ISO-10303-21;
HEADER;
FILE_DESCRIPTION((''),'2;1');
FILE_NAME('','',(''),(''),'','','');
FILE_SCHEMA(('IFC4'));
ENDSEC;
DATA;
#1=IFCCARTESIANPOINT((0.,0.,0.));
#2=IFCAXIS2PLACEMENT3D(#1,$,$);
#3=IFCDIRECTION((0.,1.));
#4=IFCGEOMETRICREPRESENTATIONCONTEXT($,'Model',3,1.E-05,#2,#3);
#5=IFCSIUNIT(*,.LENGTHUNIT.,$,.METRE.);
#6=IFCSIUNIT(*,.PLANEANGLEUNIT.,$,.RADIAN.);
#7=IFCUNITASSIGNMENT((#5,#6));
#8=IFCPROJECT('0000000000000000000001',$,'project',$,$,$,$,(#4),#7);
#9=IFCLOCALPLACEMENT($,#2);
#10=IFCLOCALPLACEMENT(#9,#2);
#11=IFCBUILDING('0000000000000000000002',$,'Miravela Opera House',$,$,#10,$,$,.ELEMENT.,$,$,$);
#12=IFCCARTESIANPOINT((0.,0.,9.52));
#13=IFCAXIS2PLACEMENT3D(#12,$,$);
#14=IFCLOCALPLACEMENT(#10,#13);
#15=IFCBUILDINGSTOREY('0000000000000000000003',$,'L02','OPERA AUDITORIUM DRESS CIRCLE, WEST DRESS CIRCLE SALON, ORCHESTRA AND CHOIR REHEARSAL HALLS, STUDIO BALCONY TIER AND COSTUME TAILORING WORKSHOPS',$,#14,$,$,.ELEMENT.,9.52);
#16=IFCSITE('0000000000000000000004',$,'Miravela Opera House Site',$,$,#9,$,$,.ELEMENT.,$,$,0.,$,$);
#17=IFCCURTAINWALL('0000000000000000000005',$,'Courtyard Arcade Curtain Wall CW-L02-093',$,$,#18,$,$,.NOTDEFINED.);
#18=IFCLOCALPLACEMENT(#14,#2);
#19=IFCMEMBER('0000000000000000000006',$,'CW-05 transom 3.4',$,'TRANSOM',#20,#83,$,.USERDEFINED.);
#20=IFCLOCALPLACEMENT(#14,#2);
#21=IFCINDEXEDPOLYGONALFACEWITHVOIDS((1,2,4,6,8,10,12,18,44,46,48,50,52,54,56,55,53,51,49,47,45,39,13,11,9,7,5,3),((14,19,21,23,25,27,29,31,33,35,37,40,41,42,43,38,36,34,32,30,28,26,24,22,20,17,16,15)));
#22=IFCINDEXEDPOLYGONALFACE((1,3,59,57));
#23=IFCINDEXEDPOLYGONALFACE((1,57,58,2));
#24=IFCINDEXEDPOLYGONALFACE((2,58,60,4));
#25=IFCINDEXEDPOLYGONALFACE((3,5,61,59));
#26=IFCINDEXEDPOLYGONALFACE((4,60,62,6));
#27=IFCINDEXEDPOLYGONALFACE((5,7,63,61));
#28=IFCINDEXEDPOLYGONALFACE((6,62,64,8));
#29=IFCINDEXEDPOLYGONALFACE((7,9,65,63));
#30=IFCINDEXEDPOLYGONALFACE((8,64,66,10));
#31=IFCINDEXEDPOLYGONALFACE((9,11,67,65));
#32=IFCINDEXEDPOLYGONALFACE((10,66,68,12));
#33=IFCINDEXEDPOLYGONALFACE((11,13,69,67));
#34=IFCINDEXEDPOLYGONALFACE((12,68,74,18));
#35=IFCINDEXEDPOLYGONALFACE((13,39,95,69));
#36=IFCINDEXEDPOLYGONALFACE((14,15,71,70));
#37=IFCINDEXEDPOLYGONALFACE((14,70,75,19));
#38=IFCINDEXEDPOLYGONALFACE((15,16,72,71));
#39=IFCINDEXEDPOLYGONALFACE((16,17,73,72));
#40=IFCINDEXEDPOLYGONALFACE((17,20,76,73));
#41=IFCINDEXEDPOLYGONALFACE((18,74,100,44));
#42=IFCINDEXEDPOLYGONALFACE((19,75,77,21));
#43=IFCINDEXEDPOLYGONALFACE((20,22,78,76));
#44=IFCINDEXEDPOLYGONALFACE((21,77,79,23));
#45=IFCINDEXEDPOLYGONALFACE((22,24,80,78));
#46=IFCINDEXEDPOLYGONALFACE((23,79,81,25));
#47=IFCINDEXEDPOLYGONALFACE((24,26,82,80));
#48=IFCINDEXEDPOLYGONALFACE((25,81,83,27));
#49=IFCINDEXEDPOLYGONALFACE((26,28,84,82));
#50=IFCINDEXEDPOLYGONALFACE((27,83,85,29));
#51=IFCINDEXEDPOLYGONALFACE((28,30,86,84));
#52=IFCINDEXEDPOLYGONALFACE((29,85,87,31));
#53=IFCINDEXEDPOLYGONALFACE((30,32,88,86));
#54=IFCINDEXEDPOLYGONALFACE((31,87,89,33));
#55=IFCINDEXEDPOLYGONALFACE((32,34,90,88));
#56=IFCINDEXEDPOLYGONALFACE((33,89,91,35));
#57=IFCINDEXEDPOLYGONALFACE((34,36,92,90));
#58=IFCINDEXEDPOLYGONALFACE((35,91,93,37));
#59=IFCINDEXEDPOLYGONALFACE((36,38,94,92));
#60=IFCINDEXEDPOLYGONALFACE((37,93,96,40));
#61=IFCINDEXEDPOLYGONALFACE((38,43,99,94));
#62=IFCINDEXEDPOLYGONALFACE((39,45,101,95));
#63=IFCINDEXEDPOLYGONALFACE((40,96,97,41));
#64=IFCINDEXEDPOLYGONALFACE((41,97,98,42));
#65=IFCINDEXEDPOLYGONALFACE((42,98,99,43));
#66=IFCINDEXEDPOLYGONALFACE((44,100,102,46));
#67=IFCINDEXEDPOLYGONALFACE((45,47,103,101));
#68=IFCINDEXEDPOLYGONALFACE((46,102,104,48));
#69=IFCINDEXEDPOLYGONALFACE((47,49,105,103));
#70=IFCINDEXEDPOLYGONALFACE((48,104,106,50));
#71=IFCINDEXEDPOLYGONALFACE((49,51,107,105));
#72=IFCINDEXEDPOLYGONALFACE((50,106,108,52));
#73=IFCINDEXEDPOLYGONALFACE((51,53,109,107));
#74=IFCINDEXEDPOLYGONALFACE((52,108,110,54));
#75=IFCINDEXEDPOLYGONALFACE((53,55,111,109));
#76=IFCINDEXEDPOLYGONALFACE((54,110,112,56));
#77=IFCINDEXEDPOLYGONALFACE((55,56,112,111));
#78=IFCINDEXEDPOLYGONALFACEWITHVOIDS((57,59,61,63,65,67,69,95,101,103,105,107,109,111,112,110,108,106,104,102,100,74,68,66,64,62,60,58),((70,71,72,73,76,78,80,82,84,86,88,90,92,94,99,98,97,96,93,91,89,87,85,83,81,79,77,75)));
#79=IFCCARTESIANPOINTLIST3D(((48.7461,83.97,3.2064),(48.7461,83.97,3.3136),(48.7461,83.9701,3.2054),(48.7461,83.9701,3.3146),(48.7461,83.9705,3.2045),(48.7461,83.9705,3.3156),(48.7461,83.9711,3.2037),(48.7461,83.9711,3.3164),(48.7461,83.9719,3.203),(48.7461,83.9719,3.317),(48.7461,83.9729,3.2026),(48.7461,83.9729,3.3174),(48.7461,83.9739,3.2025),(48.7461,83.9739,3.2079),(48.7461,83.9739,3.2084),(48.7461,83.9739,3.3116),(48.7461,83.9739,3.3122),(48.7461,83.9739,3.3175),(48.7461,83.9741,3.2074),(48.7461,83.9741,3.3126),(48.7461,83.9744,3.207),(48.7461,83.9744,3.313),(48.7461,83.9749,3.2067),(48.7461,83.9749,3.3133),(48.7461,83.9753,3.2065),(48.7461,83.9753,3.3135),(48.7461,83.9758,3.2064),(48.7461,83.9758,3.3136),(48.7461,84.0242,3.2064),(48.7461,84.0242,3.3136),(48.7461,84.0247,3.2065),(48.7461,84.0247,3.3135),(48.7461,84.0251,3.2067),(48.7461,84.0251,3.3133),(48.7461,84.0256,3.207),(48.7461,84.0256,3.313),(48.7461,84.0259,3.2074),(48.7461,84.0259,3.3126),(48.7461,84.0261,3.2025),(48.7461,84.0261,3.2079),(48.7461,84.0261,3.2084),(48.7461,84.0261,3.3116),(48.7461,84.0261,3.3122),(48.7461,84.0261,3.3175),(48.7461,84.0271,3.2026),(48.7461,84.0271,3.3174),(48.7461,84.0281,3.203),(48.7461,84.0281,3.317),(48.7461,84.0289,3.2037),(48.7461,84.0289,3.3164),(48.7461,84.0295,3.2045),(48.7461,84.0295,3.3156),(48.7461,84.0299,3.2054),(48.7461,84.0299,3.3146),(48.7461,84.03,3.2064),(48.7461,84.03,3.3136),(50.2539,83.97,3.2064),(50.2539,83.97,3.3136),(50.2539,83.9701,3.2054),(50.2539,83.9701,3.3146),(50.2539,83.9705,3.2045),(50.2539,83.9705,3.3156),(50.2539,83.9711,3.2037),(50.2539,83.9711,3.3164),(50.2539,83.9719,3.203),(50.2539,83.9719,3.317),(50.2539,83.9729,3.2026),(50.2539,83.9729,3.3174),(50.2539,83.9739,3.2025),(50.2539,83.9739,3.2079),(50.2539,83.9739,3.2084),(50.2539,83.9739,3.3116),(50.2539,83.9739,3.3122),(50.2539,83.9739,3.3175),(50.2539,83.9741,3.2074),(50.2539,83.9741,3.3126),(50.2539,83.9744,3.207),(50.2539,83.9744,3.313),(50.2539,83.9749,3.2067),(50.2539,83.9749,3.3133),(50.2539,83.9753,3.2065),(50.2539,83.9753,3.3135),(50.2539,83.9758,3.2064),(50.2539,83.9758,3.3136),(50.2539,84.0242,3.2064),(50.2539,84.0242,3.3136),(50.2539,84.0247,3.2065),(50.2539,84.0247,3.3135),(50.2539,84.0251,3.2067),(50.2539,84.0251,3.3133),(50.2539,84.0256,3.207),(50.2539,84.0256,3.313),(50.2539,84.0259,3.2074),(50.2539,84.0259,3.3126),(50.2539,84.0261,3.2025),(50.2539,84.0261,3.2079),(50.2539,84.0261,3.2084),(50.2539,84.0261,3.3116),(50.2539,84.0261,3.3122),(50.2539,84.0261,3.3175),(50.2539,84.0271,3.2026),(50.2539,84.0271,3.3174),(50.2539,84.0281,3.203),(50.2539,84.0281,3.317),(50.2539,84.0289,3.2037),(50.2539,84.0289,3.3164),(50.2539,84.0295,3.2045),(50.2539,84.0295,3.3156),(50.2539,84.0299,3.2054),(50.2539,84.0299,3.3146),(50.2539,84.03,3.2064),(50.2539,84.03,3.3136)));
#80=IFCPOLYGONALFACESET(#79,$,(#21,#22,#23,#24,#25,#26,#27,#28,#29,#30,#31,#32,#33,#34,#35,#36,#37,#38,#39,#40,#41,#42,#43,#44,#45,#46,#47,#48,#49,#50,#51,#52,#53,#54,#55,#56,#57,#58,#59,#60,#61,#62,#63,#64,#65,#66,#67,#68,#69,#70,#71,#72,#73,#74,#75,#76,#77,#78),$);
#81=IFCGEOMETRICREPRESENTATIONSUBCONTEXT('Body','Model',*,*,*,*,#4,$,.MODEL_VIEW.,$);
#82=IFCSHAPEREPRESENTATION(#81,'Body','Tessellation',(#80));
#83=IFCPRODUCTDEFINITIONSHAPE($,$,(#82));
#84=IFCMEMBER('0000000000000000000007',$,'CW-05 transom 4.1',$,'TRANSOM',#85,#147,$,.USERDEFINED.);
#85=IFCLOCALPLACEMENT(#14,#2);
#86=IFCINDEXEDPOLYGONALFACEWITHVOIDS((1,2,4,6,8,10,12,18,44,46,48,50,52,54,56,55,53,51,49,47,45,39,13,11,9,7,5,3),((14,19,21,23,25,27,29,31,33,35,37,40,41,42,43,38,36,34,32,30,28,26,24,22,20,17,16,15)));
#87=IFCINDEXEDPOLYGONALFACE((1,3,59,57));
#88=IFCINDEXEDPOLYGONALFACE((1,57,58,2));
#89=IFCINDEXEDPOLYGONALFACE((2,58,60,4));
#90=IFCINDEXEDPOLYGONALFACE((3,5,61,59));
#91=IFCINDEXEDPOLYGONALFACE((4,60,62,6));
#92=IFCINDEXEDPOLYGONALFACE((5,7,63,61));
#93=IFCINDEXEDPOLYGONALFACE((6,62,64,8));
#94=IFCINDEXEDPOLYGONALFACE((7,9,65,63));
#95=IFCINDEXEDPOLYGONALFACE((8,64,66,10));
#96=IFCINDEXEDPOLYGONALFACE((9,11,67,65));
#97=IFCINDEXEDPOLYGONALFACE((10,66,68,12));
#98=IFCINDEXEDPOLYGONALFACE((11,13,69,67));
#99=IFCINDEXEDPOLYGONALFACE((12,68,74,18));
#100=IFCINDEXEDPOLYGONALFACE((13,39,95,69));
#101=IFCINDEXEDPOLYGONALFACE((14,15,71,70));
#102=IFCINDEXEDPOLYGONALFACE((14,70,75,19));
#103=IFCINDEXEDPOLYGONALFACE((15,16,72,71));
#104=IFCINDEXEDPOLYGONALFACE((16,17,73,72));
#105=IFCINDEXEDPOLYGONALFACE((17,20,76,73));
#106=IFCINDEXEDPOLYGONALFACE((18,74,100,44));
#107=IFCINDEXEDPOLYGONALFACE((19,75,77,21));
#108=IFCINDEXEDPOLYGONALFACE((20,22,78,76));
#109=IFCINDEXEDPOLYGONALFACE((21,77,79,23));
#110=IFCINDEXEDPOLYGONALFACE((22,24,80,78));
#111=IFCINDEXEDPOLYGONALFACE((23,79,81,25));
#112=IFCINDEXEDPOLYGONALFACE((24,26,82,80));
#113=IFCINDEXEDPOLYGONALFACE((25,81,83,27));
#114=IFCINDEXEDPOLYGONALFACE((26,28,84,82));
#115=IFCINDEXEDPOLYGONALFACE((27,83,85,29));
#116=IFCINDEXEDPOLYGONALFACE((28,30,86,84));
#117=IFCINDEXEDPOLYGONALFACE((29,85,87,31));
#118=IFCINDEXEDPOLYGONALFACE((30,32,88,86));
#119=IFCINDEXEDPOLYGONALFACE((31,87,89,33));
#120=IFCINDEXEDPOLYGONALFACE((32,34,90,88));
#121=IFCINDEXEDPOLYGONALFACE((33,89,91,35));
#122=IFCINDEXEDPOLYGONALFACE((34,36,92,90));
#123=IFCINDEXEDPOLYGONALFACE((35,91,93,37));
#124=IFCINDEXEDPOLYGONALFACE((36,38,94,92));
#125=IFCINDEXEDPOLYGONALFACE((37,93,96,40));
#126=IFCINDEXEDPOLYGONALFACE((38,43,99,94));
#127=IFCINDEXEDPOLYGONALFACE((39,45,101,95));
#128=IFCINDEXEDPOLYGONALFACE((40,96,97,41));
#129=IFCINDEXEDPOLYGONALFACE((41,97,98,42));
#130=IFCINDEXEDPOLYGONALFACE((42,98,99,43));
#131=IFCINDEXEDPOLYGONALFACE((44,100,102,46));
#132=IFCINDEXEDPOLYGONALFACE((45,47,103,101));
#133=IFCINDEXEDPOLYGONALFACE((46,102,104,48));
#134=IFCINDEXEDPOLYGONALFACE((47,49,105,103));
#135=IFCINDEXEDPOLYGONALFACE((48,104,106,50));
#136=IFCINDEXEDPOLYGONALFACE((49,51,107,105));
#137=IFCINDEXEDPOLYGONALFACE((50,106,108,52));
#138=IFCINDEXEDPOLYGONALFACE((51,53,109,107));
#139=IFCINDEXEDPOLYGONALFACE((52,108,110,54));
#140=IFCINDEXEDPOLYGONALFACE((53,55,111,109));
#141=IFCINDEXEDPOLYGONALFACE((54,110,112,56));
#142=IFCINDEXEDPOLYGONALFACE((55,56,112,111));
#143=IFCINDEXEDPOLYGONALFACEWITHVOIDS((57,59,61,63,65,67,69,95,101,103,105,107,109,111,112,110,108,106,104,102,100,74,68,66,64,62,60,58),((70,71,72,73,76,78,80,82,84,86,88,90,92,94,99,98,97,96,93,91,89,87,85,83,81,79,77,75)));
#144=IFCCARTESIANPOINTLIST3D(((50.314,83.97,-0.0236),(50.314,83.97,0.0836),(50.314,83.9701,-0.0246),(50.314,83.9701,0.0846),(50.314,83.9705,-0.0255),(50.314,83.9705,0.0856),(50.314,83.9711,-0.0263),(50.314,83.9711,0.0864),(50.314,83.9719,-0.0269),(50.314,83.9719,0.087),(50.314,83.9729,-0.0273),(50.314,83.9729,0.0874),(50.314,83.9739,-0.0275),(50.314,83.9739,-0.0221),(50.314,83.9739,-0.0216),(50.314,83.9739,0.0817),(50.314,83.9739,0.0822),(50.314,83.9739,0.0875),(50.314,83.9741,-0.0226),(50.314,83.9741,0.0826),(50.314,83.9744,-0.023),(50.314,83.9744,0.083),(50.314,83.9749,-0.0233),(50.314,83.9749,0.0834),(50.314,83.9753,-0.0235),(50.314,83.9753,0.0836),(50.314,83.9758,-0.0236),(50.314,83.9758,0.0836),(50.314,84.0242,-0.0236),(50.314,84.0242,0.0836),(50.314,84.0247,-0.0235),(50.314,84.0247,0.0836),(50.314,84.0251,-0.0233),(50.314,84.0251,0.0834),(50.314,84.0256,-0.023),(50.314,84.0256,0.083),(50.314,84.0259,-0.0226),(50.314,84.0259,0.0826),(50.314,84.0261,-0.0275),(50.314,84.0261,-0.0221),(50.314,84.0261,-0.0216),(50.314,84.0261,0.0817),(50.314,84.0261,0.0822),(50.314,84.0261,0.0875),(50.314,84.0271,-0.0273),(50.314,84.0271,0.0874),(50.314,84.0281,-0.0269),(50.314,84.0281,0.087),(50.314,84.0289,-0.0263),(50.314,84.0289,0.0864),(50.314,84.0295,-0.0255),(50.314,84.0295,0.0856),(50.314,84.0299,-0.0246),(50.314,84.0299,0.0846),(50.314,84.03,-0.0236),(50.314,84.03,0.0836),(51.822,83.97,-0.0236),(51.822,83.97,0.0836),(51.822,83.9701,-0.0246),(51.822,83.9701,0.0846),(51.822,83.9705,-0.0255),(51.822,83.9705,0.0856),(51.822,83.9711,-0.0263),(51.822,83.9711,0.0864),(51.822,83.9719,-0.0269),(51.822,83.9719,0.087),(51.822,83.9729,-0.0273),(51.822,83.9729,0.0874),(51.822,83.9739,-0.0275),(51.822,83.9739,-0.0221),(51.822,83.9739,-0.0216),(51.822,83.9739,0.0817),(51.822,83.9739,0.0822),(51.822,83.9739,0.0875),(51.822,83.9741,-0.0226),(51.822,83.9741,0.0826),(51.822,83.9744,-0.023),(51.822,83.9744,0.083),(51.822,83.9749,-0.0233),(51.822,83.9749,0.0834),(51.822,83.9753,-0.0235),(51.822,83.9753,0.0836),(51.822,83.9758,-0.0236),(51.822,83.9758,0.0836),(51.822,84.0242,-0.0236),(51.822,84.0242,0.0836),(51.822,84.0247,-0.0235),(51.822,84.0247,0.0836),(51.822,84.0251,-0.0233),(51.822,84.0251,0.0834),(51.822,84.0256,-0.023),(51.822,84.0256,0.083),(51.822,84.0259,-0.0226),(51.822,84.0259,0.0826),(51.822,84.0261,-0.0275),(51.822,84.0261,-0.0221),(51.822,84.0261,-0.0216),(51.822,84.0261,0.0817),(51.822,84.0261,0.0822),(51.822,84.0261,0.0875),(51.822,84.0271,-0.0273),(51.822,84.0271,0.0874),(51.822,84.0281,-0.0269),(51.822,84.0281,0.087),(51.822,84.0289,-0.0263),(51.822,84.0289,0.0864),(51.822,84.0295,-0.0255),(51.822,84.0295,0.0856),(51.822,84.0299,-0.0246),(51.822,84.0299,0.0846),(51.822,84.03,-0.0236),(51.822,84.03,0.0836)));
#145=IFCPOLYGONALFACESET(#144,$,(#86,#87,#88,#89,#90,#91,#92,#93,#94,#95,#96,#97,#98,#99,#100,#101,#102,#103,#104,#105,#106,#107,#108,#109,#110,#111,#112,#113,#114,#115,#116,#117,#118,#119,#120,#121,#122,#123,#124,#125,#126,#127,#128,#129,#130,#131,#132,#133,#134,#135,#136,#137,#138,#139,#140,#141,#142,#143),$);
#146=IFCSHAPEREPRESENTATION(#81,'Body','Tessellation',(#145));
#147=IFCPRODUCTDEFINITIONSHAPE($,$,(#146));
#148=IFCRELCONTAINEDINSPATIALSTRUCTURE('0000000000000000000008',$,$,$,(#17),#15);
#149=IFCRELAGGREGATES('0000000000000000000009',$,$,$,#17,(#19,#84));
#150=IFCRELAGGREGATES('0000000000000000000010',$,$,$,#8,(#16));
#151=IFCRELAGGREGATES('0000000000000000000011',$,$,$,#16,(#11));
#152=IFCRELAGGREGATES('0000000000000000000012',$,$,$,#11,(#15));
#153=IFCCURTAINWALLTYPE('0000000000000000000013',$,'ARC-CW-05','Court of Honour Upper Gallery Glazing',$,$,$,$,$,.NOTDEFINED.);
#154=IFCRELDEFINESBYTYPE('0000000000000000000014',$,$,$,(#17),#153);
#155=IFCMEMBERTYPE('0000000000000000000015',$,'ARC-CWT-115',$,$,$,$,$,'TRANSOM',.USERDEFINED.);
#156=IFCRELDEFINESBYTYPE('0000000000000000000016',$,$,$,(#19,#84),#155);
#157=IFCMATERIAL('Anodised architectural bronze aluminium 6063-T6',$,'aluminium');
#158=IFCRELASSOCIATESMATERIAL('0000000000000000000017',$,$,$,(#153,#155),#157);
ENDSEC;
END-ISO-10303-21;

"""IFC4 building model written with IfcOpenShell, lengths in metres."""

from ifc_helpers import new_model, si_unit, direction, frame, origin, origin_2d, place, context, subcontext, project, spatial, hollow_rectangle, extrude, material, material_profile, profile_set, type_object, element, aggregate, save


model = new_model("IFC4")

# Units and contexts
model_context = context("Model", 3, precision=1e-05, world=origin(), true_north=direction((0.0, 1.0)))
body_context = subcontext(model_context, "Body", "Model", "MODEL_VIEW")
ifc_project = project(units=[si_unit("LENGTHUNIT", "METRE"), si_unit("PLANEANGLEUNIT", "RADIAN")], contexts=[model_context])

# Site, building, storey
site_placement = place(None, origin())
site = spatial("IfcSite", under=ifc_project, at=site_placement, Name="Miravela Opera House Site", CompositionType="ELEMENT", RefElevation=0.0)
building_placement = place(site_placement, origin())
building = spatial("IfcBuilding", under=site, at=building_placement, Name="Miravela Opera House", CompositionType="ELEMENT")
storey_placement = place(building_placement, frame((0.0, 0.0, 9.52)))
storey = spatial("IfcBuildingStorey", under=building, at=storey_placement, Name="L02", Description="OPERA AUDITORIUM DRESS CIRCLE, WEST DRESS CIRCLE SALON, ORCHESTRA AND CHOIR REHEARSAL HALLS, STUDIO BALCONY TIER AND COSTUME TAILORING WORKSHOPS", CompositionType="ELEMENT", Elevation=9.52)

# Curtain wall, members
ifc_material_1 = material(Name="Anodised architectural bronze aluminium 6063-T6", Category="aluminium")
curtain_wall_type = type_object("IfcCurtainWallType", Name="ARC-CW-05", Description="Court of Honour Upper Gallery Glazing", PredefinedType="NOTDEFINED", material=ifc_material_1)
curtain_wall_placement = place(storey_placement, origin())
curtain_wall = element("IfcCurtainWall", 1, at=curtain_wall_placement, inside=storey, type_object=curtain_wall_type, Name="Courtyard Arcade Curtain Wall CW-L02-093", PredefinedType="NOTDEFINED")
ifc_material_profile_1 = material_profile(ifc_material_1, hollow_rectangle(XDim=0.0601, YDim=0.115, WallThickness=0.0039, InnerFilletRadius=0.002, OuterFilletRadius=0.0039, at=origin_2d()), Name="CWT-60X115")
ifc_profile_set_1 = profile_set([ifc_material_profile_1])
member_type_1 = type_object("IfcMemberType", Name="ARC-CWT-115", ElementType="TRANSOM", PredefinedType="USERDEFINED", material=ifc_profile_set_1)
member_1_placement = place(storey_placement, frame((48.7461, 84.0, 3.26), z_axis=(1.0, 0.0, 0.0), x_axis=(0.0, 1.0, 0.0)))
member_1 = element("IfcMember", 2, at=member_1_placement, type_object=member_type_1, Name="CW-05 transom 3.4", ObjectType="TRANSOM", PredefinedType="USERDEFINED", context=body_context, shape_type="SweptSolid", body=[
    extrude(hollow_rectangle(XDim=0.0601, YDim=0.115, WallThickness=0.0039, InnerFilletRadius=0.002, OuterFilletRadius=0.0039, at=origin_2d()), origin(), (0.0, 0.0, 1.0), 1.5078),
])
member_2_placement = place(storey_placement, frame((50.314, 84.0, 0.03), z_axis=(1.0, 0.0, 0.0), x_axis=(0.0, 1.0, 0.0)))
member_2 = element("IfcMember", 3, at=member_2_placement, type_object=member_type_1, Name="CW-05 transom 4.1", ObjectType="TRANSOM", PredefinedType="USERDEFINED", context=body_context, shape_type="SweptSolid", body=[
    extrude(hollow_rectangle(XDim=0.0601, YDim=0.115, WallThickness=0.0039, InnerFilletRadius=0.002, OuterFilletRadius=0.0039, at=origin_2d()), origin(), (0.0, 0.0, 1.0), 1.5081),
])
aggregate(curtain_wall, [member_1, member_2])

save(model, "model.ifc")
